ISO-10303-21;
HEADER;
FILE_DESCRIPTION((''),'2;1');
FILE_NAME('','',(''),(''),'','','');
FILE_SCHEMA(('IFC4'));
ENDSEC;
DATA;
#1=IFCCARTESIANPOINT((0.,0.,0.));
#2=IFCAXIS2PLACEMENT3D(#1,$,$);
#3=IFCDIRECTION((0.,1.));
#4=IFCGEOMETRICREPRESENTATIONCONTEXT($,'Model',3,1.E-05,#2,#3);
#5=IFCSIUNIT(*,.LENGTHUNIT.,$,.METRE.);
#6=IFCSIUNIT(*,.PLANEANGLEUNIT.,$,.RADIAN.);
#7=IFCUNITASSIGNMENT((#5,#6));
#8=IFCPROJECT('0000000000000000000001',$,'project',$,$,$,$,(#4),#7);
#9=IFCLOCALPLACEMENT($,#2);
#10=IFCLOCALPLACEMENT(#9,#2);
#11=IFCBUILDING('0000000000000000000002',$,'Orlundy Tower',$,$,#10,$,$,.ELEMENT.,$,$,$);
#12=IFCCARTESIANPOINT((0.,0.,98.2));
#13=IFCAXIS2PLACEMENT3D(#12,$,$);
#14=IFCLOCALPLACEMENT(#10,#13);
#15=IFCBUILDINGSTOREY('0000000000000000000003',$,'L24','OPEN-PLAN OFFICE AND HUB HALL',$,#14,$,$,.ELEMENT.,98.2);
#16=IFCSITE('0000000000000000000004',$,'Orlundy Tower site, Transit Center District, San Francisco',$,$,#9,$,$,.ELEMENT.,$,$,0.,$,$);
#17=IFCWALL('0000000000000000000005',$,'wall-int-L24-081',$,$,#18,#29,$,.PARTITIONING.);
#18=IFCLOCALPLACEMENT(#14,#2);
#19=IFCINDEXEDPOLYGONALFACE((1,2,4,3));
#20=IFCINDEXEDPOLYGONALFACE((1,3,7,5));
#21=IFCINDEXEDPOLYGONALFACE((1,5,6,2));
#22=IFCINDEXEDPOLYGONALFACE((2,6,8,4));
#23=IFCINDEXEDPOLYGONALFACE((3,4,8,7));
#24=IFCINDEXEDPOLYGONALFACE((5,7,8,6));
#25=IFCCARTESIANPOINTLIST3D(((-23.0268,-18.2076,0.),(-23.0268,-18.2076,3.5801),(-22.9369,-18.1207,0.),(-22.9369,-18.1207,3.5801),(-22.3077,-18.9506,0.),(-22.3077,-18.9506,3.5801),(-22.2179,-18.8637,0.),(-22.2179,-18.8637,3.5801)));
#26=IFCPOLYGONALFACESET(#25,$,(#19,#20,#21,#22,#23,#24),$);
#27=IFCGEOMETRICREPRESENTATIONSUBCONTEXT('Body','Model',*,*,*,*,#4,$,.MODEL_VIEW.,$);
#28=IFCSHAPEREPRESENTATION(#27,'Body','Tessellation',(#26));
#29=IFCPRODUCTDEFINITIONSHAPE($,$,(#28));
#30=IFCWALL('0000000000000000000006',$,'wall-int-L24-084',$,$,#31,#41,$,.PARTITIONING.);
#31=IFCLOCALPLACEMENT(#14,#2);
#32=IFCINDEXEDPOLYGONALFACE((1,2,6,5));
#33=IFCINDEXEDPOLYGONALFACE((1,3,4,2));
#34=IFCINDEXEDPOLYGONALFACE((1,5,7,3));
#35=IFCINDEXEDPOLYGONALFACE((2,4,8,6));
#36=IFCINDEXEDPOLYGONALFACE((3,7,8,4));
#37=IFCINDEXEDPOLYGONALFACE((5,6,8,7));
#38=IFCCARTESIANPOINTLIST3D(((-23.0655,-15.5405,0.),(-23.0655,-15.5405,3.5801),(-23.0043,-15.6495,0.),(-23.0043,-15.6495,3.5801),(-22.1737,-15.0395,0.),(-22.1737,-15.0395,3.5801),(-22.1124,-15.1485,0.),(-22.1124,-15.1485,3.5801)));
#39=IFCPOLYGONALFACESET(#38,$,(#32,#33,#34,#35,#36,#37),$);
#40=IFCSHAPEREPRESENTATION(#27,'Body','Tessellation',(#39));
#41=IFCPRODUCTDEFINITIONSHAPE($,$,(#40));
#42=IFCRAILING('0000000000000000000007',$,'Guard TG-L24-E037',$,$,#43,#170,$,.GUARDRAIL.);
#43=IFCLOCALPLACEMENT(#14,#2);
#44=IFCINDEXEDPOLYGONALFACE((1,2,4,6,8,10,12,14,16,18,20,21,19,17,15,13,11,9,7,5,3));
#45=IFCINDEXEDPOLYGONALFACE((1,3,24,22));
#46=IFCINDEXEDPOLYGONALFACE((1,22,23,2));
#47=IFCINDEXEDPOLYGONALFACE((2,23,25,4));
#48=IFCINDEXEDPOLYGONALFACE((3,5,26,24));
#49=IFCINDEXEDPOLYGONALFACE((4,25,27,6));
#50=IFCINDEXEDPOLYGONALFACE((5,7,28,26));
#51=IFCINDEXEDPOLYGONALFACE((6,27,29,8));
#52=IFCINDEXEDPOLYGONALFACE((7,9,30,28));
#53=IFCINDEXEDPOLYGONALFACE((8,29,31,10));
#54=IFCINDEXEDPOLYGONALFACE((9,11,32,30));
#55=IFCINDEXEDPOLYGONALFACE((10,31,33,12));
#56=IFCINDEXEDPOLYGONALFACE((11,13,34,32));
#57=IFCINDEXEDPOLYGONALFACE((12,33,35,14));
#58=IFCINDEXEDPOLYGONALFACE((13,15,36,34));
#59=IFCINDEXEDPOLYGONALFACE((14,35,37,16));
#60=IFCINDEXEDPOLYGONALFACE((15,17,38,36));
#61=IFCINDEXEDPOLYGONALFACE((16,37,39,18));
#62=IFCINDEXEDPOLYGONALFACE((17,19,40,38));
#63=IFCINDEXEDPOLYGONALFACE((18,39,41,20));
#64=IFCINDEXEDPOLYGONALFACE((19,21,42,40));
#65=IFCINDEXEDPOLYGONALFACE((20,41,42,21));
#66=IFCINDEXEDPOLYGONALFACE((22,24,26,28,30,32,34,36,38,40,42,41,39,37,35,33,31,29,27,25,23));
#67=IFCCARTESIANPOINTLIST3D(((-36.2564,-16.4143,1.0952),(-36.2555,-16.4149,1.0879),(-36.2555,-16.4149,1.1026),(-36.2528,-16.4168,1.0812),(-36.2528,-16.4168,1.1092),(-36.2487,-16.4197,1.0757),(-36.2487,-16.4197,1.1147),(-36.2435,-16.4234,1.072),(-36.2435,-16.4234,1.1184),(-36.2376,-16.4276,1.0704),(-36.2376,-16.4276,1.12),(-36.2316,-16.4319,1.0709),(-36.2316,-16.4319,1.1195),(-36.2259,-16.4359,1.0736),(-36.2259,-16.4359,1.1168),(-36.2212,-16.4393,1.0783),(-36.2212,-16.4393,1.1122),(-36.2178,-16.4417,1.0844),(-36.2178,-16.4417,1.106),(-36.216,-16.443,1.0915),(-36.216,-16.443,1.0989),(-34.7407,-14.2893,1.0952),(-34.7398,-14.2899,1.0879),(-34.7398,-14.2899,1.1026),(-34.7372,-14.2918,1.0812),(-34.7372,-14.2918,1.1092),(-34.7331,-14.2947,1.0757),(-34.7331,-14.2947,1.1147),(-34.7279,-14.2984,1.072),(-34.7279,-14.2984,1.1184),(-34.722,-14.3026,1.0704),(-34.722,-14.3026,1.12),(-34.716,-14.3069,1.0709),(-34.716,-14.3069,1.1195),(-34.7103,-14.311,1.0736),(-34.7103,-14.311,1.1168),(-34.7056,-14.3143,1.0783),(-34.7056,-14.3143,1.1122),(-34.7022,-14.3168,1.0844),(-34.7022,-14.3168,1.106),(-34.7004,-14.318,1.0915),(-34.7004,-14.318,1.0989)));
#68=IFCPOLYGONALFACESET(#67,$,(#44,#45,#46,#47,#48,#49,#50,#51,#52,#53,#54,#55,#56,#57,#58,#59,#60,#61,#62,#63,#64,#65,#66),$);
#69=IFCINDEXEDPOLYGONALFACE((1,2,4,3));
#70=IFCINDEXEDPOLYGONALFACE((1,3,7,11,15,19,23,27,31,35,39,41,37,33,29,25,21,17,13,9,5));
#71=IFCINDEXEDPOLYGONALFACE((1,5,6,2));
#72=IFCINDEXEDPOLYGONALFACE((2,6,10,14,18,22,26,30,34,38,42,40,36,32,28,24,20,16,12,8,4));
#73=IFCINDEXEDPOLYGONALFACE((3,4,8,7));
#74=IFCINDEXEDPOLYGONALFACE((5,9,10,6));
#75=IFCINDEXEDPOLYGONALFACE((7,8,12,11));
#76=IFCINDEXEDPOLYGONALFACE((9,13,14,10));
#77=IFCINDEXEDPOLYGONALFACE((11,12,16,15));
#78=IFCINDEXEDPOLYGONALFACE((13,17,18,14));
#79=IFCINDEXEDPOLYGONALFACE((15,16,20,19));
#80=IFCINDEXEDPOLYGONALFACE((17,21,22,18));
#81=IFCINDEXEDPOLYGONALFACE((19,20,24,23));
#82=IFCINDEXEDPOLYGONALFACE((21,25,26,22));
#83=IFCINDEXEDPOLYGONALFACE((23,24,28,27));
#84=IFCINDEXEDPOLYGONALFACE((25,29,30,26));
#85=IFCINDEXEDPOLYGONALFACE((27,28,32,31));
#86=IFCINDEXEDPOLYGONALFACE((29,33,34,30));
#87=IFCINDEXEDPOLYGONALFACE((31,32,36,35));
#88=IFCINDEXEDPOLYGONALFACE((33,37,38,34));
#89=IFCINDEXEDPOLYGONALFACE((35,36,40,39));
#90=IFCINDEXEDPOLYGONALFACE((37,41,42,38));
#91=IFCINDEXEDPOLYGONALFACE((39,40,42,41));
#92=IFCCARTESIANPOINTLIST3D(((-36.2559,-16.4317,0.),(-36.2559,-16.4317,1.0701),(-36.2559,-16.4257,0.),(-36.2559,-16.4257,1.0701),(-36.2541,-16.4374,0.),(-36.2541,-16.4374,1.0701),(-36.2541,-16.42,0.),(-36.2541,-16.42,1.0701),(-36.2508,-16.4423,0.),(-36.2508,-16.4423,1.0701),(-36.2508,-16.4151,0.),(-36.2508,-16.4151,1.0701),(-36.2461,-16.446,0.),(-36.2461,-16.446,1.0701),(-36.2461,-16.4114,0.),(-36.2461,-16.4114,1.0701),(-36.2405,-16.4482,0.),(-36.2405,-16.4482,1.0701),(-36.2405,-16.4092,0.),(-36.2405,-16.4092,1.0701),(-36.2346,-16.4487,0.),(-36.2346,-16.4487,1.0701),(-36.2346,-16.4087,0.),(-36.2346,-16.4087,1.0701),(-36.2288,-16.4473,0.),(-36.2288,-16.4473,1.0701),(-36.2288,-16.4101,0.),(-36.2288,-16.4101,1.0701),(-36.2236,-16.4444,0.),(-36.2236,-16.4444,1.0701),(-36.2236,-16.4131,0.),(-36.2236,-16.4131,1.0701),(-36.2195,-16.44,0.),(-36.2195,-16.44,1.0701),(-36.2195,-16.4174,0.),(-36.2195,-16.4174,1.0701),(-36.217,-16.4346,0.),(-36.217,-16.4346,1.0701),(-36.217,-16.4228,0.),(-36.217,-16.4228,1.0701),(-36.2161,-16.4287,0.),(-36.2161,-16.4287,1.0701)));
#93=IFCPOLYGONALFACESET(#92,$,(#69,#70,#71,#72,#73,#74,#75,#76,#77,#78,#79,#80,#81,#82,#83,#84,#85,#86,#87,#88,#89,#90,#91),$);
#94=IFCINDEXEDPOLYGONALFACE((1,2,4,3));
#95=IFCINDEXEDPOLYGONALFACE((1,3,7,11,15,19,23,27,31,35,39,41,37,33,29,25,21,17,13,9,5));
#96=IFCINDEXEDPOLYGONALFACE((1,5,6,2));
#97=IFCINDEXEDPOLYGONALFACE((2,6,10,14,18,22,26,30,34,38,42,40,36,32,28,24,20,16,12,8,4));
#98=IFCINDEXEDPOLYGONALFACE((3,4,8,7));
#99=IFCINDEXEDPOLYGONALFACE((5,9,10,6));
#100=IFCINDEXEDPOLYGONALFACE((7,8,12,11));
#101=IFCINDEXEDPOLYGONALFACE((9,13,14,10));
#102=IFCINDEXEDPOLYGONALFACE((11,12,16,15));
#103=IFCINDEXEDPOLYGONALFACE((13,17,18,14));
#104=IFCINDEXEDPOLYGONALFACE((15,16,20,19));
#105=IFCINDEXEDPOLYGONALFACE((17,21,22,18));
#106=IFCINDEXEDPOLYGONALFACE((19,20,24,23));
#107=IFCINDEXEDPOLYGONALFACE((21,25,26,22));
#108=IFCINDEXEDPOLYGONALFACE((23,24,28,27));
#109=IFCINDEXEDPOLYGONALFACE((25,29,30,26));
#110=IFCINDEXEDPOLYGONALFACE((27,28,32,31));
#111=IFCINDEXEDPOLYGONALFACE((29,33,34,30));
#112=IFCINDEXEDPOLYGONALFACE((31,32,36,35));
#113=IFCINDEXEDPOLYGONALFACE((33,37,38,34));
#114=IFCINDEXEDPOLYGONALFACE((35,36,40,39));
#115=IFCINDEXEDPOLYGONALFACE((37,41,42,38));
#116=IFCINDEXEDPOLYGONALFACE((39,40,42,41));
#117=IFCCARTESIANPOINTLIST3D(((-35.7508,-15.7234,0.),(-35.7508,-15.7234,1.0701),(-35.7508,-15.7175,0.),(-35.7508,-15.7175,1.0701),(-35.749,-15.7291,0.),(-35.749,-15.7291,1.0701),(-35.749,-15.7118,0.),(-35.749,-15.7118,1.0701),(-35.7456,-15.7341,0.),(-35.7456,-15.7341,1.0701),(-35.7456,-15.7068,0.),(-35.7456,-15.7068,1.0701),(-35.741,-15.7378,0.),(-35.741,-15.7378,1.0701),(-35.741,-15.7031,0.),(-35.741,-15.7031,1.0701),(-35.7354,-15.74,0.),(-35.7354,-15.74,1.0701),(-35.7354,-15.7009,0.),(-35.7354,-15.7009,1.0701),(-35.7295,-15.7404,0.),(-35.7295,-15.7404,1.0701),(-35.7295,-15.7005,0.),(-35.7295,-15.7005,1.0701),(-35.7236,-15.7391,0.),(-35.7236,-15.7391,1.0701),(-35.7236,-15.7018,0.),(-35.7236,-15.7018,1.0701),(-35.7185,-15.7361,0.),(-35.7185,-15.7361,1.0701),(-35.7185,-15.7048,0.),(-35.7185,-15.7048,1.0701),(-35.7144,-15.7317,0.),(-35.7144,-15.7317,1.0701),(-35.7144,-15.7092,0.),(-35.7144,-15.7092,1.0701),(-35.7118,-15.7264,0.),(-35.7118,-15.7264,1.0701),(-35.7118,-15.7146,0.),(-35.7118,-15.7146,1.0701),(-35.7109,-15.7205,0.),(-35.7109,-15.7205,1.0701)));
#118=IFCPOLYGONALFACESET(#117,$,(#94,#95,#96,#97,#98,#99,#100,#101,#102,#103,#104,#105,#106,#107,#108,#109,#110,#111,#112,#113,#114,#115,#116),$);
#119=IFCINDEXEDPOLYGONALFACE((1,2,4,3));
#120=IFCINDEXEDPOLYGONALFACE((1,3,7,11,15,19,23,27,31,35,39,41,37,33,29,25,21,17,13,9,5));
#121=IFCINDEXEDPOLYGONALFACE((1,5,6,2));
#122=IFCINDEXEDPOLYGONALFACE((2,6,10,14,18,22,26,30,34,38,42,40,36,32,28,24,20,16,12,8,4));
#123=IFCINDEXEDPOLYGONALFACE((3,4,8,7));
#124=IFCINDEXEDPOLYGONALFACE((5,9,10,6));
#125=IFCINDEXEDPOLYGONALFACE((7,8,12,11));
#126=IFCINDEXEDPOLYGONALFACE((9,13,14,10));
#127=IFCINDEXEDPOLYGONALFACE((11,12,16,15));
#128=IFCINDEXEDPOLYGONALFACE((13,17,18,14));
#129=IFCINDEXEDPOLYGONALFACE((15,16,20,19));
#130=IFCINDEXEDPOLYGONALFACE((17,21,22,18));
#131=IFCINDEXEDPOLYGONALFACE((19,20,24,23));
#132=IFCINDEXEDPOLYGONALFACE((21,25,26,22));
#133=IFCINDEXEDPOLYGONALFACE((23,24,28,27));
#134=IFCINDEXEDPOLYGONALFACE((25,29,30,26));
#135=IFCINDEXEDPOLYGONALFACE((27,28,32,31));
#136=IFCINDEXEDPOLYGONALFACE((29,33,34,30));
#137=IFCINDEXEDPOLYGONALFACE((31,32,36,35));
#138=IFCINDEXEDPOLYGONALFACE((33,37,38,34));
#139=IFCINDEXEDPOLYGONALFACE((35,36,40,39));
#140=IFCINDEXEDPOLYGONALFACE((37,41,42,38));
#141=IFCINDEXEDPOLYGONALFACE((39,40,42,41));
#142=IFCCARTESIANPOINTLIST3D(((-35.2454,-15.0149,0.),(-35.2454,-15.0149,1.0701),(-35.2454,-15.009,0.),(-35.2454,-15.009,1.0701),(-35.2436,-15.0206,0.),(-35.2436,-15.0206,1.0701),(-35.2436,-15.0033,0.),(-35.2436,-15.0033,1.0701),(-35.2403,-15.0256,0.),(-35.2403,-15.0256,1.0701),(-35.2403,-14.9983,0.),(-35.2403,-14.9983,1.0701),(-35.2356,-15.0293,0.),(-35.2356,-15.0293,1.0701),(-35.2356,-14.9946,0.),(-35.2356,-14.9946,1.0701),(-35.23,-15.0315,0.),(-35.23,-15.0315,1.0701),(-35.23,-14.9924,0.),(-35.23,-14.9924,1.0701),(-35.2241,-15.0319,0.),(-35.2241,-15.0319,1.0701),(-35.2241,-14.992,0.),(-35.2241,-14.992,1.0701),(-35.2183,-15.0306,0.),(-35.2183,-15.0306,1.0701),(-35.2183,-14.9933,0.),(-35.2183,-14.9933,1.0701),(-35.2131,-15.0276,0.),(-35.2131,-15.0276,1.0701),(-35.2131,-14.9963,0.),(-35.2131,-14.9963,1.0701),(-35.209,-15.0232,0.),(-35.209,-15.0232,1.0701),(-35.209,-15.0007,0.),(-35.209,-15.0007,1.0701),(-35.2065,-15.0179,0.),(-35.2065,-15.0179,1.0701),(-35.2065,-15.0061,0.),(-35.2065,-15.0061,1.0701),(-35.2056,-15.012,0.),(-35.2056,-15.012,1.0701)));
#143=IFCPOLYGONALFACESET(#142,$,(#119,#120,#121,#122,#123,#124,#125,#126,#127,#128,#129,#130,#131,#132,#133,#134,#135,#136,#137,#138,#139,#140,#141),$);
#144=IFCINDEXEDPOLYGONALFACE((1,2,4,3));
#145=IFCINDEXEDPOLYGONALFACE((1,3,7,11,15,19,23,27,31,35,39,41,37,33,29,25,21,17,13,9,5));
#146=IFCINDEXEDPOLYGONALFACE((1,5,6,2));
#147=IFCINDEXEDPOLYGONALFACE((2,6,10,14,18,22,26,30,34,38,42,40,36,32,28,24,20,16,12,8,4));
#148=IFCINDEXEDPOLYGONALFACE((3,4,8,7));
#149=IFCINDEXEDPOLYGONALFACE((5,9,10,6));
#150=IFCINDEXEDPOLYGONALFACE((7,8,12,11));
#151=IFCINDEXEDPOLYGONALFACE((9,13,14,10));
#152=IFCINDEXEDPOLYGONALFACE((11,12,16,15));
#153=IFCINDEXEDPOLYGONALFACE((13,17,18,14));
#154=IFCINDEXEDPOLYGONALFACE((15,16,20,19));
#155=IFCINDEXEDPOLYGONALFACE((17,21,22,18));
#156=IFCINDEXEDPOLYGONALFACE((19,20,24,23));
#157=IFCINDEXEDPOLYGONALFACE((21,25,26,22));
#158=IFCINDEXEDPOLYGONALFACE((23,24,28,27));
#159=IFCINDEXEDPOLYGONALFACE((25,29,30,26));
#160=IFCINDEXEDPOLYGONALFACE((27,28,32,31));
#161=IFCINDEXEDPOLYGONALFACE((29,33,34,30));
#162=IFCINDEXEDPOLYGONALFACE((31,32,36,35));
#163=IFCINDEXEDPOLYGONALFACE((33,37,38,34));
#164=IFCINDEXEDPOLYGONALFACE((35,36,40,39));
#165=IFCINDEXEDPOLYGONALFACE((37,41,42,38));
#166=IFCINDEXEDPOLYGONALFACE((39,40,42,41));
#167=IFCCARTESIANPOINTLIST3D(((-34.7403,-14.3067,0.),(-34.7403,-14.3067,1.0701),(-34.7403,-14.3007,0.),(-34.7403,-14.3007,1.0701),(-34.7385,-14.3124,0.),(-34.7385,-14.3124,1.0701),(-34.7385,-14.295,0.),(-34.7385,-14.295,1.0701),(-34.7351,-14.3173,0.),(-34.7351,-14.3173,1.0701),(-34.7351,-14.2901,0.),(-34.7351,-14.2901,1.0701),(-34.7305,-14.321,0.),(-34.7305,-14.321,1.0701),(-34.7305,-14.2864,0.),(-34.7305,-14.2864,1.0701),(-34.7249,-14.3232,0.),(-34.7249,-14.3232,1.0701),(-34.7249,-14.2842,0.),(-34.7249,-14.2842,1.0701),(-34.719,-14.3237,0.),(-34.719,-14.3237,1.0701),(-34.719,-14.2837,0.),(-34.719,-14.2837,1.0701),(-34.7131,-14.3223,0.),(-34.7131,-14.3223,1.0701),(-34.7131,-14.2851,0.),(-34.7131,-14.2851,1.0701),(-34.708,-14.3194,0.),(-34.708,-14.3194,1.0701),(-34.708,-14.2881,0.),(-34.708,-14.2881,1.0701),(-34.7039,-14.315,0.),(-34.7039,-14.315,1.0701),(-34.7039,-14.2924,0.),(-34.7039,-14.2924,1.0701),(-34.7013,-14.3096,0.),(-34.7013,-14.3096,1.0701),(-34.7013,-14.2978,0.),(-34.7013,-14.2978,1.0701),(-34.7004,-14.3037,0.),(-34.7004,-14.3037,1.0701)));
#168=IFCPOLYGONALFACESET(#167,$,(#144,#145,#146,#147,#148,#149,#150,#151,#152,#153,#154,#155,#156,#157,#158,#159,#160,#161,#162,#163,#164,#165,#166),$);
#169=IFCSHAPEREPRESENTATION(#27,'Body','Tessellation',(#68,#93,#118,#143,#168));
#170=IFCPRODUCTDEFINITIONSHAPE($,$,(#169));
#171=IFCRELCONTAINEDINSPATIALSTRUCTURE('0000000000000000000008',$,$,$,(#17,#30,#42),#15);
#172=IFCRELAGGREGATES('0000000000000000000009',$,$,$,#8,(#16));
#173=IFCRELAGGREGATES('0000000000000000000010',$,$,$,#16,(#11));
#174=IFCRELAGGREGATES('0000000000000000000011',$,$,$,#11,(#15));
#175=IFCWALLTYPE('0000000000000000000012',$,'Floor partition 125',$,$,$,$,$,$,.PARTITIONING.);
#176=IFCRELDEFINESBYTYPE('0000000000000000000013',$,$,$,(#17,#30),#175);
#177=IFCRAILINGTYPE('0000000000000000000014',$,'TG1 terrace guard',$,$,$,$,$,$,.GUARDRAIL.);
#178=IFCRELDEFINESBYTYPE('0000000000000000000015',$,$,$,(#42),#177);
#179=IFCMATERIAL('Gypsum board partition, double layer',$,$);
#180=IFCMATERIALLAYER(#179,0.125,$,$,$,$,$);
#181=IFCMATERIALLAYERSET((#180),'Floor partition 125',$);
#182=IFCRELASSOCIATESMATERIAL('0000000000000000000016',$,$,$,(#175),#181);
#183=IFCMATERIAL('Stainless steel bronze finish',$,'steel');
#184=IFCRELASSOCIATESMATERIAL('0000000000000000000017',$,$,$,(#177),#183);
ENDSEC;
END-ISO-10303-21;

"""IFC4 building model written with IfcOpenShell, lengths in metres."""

from ifc_helpers import new_model, si_unit, direction, frame, frame_2d, origin, origin_2d, place, context, subcontext, project, spatial, rectangle, circle, extrude, material, layer, layer_set, type_object, element, save


model = new_model("IFC4")

# Units and contexts
model_context = context("Model", 3, precision=1e-05, world=origin(), true_north=direction((0.0, 1.0)))
body_context = subcontext(model_context, "Body", "Model", "MODEL_VIEW")
ifc_project = project(units=[si_unit("LENGTHUNIT", "METRE"), si_unit("PLANEANGLEUNIT", "RADIAN")], contexts=[model_context])

# Site, building, storey
site_placement = place(None, origin())
site = spatial("IfcSite", under=ifc_project, at=site_placement, Name="Orlundy Tower site, Transit Center District, San Francisco", CompositionType="ELEMENT", RefElevation=0.0)
building_placement = place(site_placement, origin())
building = spatial("IfcBuilding", under=site, at=building_placement, Name="Orlundy Tower", CompositionType="ELEMENT")
storey_placement = place(building_placement, frame((0.0, 0.0, 98.2)))
storey = spatial("IfcBuildingStorey", under=building, at=storey_placement, Name="L24", Description="OPEN-PLAN OFFICE AND HUB HALL", CompositionType="ELEMENT", Elevation=98.2)

# Shared definitions
ifc_material_1 = material(Name="Gypsum board partition, double layer")
ifc_layer_1 = layer(ifc_material_1, 0.125)
ifc_layer_set_1 = layer_set([ifc_layer_1], Name="Floor partition 125")
wall_type_1 = type_object("IfcWallType", Name="Floor partition 125", PredefinedType="PARTITIONING", material=ifc_layer_set_1)

# Walls
wall_1_placement = place(storey_placement, frame((-22.9819, -18.1641, 0.0), z_axis=(0.0, 0.0, 1.0), x_axis=(0.695441, -0.718583, 0.0)))
element("IfcWall", 1, at=wall_1_placement, inside=storey, type_object=wall_type_1, Name="wall-int-L24-081", PredefinedType="PARTITIONING", context=body_context, shape_type="SweptSolid", body=[
    extrude(rectangle(XDim=1.0339, YDim=0.125, at=frame_2d((0.5171, 0.0))), origin(), (0.0, 0.0, 1.0), 3.5801),
])
wall_2_placement = place(storey_placement, frame((-23.0349, -15.595, 0.0), z_axis=(0.0, 0.0, 1.0), x_axis=(0.871862, 0.489751, 0.0)))
element("IfcWall", 2, at=wall_2_placement, inside=storey, type_object=wall_type_1, Name="wall-int-L24-084", PredefinedType="PARTITIONING", context=body_context, shape_type="SweptSolid", body=[
    extrude(rectangle(XDim=1.0229, YDim=0.125, at=frame_2d((0.5115, 0.0))), origin(), (0.0, 0.0, 1.0), 3.5801),
])

# Railing
ifc_material_2 = material(Name="Stainless steel bronze finish", Category="steel")
railing_type = type_object("IfcRailingType", Name="TG1 terrace guard", PredefinedType="GUARDRAIL", material=ifc_material_2)
railing_1_placement = place(storey_placement, frame((-36.2361, -16.4287, 0.0)))
element("IfcRailing", 3, at=railing_1_placement, inside=storey, type_object=railing_type, Name="Guard TG-L24-E037", PredefinedType="GUARDRAIL", context=body_context, shape_type="SweptSolid", body=[
    extrude(circle(Radius=0.0249, at=origin_2d()), frame((0.0, 0.0, 1.0952), z_axis=(0.580672, 0.814138, 0.0), x_axis=(-0.814138, 0.580672, 0.0)), (0.0, 0.0, 1.0), 2.6101),
    extrude(circle(Radius=0.02, at=origin_2d()), origin(), (0.0, 0.0, 1.0), 1.0701),
    extrude(circle(Radius=0.02, at=origin_2d()), frame((0.5051, 0.7083, 0.0)), (0.0, 0.0, 1.0), 1.0701),
    extrude(circle(Radius=0.02, at=origin_2d()), frame((1.0105, 1.4167, 0.0)), (0.0, 0.0, 1.0), 1.0701),
    extrude(circle(Radius=0.02, at=origin_2d()), frame((1.5156, 2.125, 0.0)), (0.0, 0.0, 1.0), 1.0701),
])

save(model, "model.ifc")
